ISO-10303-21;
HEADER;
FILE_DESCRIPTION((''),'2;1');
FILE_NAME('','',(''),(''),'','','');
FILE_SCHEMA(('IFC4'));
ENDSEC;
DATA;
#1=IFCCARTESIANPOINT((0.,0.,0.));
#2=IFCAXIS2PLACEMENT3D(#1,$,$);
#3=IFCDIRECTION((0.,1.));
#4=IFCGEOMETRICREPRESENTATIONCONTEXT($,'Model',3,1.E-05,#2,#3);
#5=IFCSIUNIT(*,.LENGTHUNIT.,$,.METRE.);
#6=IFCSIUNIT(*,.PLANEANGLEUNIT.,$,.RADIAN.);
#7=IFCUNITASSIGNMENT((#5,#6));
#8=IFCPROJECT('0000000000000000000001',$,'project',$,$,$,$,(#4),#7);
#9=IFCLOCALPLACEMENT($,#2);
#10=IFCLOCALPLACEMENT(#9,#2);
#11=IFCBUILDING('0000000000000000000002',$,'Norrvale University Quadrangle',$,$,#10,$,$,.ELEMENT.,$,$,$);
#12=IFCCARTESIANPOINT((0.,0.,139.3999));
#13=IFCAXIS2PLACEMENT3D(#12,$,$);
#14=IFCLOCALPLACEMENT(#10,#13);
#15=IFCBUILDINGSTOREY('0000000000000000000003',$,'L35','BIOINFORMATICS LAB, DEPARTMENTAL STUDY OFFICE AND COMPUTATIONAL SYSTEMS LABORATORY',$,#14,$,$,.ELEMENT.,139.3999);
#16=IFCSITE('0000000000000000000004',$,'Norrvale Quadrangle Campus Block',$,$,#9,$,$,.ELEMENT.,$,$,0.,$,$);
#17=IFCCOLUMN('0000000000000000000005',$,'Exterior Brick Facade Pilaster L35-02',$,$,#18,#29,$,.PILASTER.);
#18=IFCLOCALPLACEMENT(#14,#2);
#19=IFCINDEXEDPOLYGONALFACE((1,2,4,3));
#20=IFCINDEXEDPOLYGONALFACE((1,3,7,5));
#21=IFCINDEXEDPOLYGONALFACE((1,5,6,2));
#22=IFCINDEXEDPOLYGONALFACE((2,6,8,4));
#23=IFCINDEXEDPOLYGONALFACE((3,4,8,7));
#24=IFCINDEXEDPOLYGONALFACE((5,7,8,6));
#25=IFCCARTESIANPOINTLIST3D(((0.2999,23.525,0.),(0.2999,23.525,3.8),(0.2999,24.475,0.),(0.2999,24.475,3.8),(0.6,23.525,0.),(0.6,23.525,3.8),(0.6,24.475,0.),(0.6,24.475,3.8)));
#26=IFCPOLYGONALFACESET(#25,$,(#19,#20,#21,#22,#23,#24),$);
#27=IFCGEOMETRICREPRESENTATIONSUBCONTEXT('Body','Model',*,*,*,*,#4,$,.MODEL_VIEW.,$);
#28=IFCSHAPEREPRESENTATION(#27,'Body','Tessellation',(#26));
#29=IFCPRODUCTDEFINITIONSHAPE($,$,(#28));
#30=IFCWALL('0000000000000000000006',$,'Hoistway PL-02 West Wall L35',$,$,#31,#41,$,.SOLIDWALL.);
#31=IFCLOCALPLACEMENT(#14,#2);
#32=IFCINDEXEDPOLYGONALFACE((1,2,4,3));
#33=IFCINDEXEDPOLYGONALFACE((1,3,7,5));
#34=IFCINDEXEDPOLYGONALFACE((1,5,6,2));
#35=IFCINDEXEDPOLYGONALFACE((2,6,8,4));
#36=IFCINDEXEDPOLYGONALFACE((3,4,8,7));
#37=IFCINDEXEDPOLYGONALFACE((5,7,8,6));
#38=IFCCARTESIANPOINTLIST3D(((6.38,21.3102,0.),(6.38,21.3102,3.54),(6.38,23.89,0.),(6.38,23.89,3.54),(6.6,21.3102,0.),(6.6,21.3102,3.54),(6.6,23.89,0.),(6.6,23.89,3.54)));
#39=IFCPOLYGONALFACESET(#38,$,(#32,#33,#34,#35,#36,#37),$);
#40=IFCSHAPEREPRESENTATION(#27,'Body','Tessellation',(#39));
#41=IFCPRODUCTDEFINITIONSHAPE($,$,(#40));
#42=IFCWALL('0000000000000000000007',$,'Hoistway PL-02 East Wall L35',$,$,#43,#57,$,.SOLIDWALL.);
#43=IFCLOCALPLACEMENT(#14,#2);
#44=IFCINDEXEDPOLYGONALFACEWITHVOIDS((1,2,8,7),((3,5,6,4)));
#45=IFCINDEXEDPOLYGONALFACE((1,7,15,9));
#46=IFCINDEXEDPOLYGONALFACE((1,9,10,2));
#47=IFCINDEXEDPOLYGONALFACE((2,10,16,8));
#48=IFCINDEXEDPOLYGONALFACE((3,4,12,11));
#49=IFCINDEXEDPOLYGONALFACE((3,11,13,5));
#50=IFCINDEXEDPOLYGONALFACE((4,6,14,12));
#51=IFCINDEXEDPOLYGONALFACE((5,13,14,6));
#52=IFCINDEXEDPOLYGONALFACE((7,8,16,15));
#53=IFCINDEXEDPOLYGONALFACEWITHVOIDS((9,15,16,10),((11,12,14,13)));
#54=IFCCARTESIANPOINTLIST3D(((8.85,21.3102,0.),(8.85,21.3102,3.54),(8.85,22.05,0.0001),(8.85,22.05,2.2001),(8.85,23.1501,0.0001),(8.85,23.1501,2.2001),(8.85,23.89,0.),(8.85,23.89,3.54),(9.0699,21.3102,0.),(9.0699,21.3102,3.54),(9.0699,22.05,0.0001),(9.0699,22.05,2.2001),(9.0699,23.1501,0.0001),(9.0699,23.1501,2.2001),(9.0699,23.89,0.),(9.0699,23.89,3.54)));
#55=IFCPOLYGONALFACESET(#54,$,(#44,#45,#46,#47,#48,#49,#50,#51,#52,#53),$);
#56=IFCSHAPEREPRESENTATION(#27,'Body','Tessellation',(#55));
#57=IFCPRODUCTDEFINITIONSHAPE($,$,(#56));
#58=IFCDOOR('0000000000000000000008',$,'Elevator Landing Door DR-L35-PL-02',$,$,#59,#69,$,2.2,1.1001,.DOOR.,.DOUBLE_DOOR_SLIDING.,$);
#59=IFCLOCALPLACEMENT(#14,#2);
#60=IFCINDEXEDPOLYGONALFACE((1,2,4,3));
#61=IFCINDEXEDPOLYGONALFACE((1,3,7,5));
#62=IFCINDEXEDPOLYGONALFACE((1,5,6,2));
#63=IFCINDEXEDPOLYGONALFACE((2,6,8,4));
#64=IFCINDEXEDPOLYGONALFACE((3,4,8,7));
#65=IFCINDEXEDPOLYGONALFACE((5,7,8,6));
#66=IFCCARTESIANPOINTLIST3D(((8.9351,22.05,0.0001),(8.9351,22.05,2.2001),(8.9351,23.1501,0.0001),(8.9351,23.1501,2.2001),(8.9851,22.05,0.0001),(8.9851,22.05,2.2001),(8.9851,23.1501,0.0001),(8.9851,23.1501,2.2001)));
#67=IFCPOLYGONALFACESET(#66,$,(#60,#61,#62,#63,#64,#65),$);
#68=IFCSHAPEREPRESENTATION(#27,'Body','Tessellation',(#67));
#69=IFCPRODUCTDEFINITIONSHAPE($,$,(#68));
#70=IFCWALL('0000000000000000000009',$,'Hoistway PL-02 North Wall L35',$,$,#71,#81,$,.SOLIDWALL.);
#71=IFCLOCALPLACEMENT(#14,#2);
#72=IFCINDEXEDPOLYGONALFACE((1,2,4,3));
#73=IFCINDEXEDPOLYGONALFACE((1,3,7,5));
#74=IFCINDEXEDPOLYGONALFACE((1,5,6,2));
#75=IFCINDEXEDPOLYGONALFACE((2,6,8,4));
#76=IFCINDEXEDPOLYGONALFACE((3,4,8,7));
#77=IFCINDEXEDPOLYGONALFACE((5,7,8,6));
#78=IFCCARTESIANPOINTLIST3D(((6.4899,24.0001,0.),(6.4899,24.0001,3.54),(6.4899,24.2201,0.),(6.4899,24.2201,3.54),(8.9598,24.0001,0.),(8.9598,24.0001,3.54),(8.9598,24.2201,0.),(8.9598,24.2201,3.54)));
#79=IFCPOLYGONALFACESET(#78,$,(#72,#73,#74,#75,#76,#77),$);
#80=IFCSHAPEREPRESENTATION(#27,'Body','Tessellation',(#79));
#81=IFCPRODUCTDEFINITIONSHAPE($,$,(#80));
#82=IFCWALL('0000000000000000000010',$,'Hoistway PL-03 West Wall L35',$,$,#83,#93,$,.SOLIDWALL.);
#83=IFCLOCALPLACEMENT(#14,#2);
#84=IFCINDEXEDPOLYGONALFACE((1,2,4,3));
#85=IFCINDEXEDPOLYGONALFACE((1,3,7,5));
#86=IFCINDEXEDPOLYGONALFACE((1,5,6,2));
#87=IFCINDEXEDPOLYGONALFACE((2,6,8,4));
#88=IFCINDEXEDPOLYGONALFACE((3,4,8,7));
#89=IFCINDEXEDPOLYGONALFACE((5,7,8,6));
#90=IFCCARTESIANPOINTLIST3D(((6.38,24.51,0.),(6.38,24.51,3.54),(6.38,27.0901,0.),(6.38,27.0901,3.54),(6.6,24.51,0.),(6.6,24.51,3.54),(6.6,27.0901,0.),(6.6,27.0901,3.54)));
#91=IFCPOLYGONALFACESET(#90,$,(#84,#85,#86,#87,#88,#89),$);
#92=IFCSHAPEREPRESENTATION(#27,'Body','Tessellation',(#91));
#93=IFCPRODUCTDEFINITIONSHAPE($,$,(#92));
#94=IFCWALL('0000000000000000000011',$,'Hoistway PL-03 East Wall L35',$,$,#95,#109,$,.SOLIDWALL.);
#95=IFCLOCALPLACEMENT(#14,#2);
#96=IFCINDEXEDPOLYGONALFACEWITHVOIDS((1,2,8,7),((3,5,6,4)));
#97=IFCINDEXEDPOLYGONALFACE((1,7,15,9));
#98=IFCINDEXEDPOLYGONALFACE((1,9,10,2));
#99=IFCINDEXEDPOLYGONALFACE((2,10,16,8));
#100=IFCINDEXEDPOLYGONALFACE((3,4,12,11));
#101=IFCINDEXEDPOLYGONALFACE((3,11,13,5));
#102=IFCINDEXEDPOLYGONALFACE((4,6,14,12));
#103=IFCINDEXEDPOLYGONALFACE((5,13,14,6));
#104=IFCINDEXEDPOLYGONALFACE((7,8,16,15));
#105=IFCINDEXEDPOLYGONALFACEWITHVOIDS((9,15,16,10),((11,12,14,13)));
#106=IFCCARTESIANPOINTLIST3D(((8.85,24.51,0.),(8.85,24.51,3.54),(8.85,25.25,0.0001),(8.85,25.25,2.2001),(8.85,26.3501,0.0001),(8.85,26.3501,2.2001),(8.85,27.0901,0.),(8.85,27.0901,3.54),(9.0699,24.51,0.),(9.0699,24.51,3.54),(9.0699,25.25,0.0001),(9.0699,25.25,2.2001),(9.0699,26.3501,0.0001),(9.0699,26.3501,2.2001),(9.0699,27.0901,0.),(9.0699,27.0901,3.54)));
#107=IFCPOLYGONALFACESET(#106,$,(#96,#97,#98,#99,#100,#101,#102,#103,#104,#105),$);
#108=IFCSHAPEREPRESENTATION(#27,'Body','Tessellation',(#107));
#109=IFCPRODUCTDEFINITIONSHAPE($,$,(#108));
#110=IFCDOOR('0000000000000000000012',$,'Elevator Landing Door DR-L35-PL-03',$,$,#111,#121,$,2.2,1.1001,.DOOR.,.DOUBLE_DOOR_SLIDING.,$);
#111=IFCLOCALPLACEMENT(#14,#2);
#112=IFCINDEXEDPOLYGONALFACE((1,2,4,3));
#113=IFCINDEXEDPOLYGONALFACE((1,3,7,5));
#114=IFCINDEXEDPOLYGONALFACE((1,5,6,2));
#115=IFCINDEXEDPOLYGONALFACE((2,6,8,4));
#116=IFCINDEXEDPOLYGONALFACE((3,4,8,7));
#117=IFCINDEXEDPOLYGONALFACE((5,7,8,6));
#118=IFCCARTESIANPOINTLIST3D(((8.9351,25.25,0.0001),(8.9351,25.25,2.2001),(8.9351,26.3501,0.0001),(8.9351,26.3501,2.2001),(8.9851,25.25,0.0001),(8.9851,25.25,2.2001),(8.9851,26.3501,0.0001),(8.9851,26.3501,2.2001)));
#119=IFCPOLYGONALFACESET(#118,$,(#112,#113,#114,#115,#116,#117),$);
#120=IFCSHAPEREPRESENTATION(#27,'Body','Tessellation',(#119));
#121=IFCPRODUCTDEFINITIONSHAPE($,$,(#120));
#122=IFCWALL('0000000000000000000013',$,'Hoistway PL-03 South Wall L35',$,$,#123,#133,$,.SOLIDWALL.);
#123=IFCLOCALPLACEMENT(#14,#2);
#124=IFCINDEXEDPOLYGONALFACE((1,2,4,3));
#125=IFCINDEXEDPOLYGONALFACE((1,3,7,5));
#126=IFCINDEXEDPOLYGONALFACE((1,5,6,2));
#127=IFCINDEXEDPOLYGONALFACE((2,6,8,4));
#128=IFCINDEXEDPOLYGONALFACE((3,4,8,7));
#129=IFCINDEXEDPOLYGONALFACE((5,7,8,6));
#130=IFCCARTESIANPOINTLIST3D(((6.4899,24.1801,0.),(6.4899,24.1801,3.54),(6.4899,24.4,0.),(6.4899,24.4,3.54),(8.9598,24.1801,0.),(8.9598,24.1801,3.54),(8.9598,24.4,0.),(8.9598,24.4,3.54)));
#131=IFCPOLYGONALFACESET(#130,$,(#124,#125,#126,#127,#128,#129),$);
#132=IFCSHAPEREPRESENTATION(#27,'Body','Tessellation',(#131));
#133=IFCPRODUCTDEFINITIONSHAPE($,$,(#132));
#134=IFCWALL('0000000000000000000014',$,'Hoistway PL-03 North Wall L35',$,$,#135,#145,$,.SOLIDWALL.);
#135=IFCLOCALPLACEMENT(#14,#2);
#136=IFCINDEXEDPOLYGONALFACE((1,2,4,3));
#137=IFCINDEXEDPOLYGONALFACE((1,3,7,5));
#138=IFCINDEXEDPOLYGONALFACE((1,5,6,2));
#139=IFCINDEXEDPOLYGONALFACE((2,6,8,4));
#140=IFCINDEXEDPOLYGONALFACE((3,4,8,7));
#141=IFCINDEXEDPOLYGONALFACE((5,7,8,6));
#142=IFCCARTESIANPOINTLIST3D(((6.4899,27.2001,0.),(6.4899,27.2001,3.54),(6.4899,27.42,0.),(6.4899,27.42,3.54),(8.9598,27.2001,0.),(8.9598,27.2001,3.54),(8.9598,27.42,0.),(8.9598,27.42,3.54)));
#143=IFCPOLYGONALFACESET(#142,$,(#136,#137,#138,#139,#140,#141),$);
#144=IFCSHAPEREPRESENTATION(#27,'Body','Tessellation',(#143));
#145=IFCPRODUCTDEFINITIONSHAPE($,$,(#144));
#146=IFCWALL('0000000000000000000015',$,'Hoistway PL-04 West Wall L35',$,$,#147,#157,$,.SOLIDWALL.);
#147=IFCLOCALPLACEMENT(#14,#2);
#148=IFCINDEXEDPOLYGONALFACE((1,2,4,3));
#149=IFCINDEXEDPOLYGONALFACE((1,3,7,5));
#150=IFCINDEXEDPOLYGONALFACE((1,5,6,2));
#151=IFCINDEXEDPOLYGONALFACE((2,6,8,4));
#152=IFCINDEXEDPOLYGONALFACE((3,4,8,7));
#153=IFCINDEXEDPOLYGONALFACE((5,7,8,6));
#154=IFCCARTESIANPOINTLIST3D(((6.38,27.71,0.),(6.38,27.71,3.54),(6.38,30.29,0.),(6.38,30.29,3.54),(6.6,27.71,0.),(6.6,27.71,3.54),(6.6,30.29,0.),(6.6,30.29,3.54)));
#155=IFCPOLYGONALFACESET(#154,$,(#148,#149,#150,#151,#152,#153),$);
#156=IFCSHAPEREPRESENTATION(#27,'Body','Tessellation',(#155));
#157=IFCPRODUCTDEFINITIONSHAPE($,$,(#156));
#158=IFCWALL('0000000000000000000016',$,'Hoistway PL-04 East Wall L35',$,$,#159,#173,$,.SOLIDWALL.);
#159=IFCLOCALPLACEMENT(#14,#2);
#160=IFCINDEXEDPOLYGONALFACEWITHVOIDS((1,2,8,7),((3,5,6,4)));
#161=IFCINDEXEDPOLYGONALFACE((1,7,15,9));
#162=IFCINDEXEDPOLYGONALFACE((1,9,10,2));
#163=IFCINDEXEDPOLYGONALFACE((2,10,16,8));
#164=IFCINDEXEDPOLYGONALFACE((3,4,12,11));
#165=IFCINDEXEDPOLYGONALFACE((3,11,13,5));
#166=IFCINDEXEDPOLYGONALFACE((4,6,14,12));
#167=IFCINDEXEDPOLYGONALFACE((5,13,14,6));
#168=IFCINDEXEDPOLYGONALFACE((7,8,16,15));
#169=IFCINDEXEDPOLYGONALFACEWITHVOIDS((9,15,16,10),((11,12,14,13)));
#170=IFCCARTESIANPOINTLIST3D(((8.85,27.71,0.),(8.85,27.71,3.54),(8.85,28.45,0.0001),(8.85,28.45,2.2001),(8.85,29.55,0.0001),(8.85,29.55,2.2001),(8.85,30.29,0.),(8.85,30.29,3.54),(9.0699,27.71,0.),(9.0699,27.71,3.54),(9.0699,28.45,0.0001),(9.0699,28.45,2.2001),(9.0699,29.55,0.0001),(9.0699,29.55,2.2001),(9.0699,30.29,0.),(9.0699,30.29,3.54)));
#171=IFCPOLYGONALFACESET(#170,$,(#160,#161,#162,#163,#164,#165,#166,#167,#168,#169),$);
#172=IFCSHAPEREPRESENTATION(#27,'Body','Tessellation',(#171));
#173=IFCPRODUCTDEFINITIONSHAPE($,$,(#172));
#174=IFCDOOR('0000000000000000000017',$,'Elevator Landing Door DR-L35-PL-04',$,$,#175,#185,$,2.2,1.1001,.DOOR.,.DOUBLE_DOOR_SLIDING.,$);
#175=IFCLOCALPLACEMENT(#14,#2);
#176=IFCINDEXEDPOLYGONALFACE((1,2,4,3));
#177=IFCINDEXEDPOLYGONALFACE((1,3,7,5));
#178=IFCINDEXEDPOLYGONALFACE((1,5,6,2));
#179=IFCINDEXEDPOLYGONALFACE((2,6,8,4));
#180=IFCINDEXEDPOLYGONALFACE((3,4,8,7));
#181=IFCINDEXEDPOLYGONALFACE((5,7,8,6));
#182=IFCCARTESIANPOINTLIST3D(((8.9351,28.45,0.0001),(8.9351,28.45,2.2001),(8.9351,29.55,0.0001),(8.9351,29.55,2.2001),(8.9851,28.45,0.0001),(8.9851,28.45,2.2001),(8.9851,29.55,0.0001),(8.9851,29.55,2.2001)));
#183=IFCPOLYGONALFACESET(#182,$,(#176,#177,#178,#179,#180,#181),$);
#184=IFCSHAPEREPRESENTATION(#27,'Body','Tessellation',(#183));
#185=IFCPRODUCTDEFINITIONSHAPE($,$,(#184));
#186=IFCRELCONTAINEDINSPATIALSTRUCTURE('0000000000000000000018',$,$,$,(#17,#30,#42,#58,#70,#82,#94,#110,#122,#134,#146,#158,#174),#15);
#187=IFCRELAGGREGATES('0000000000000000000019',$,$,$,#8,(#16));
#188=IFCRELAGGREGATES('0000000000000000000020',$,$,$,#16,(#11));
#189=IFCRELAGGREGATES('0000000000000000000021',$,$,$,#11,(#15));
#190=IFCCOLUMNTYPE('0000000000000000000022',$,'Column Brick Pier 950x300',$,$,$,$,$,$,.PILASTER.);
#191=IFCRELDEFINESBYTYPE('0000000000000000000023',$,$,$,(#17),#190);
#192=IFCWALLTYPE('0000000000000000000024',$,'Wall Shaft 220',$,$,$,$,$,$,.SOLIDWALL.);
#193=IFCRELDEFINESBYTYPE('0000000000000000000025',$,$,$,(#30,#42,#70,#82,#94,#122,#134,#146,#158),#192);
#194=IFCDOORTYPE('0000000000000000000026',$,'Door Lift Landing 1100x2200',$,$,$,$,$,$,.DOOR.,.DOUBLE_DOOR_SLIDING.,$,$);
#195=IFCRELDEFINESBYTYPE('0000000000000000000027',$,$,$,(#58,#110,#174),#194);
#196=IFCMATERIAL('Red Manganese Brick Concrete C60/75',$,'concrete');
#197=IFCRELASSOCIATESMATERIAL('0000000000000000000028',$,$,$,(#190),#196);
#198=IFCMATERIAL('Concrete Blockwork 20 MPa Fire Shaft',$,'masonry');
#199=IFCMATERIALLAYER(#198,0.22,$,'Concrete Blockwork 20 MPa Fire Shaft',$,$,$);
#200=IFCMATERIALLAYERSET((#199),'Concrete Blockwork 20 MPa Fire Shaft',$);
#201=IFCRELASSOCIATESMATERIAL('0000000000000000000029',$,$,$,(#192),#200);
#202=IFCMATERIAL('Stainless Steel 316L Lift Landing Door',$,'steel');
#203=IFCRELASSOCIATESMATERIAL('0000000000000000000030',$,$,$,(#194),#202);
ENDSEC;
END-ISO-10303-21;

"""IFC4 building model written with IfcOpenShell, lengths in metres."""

from ifc_helpers import new_model, si_unit, direction, frame, frame_2d, origin, origin_2d, place, context, subcontext, project, spatial, rectangle, extrude, material, layer, layer_set, material_profile, profile_set, type_object, element, fill, save


model = new_model("IFC4")

# Units and contexts
model_context = context("Model", 3, precision=1e-05, world=origin(), true_north=direction((0.0, 1.0)))
body_context = subcontext(model_context, "Body", "Model", "MODEL_VIEW")
ifc_project = project(units=[si_unit("LENGTHUNIT", "METRE"), si_unit("PLANEANGLEUNIT", "RADIAN")], contexts=[model_context])

# Site, building, storey
site_placement = place(None, origin())
site = spatial("IfcSite", under=ifc_project, at=site_placement, Name="Norrvale Quadrangle Campus Block", CompositionType="ELEMENT", RefElevation=0.0)
building_placement = place(site_placement, origin())
building = spatial("IfcBuilding", under=site, at=building_placement, Name="Norrvale University Quadrangle", CompositionType="ELEMENT")
storey_placement = place(building_placement, frame((0.0, 0.0, 139.3999)))
storey = spatial("IfcBuildingStorey", under=building, at=storey_placement, Name="L35", Description="BIOINFORMATICS LAB, DEPARTMENTAL STUDY OFFICE AND COMPUTATIONAL SYSTEMS LABORATORY", CompositionType="ELEMENT", Elevation=139.3999)

# Column
ifc_material_1 = material(Name="Red Manganese Brick Concrete C60/75", Category="concrete")
ifc_material_profile = material_profile(ifc_material_1, rectangle(XDim=0.95, YDim=0.3, at=origin_2d()), Name="Red Manganese Brick Concrete C60/75")
ifc_profile_set = profile_set([ifc_material_profile], Name="Red Manganese Brick Concrete C60/75")
column_type = type_object("IfcColumnType", Name="Column Brick Pier 950x300", PredefinedType="PILASTER", material=ifc_profile_set)
column_placement = place(storey_placement, frame((0.45, 24.0, 0.0), z_axis=(0.0, 0.0, 1.0), x_axis=(0.0, 1.0, 0.0)))
element("IfcColumn", 1, at=column_placement, inside=storey, type_object=column_type, Name="Exterior Brick Facade Pilaster L35-02", PredefinedType="PILASTER", context=body_context, shape_type="SweptSolid", body=[
    extrude(rectangle(XDim=0.95, YDim=0.3, at=origin_2d()), origin(), (0.0, 0.0, 1.0), 3.8),
])

# Wall
ifc_material_2 = material(Name="Concrete Blockwork 20 MPa Fire Shaft", Category="masonry")
ifc_layer = layer(ifc_material_2, 0.22, Name="Concrete Blockwork 20 MPa Fire Shaft")
ifc_layer_set = layer_set([ifc_layer], Name="Concrete Blockwork 20 MPa Fire Shaft")
wall_type = type_object("IfcWallType", Name="Wall Shaft 220", PredefinedType="SOLIDWALL", material=ifc_layer_set)
wall_1_placement = place(storey_placement, frame((6.49, 21.3101, 0.0), z_axis=(0.0, 0.0, 1.0), x_axis=(0.0, 1.0, 0.0)))
element("IfcWall", 2, at=wall_1_placement, inside=storey, type_object=wall_type, Name="Hoistway PL-02 West Wall L35", PredefinedType="SOLIDWALL", context=body_context, shape_type="SweptSolid", body=[
    extrude(rectangle(XDim=2.5798, YDim=0.22, at=frame_2d((1.29, 0.0))), origin(), (0.0, 0.0, 1.0), 3.54),
])

# Wall, opening, door
wall_2_placement = place(storey_placement, frame((8.96, 21.3101, 0.0), z_axis=(0.0, 0.0, 1.0), x_axis=(0.0, 1.0, 0.0)))
wall_2 = element("IfcWall", 3, at=wall_2_placement, inside=storey, type_object=wall_type, Name="Hoistway PL-02 East Wall L35", PredefinedType="SOLIDWALL", context=body_context, shape_type="SweptSolid", body=[
    extrude(rectangle(XDim=2.5798, YDim=0.22, at=frame_2d((1.29, 0.0))), origin(), (0.0, 0.0, 1.0), 3.54),
])
opening_1_placement = place(wall_2_placement, frame((0.74, 0.0, 0.0)))
opening_1 = element("IfcOpeningElement", 4, at=opening_1_placement, cuts=wall_2, PredefinedType="OPENING", context=body_context, shape_type="SweptSolid", body=[
    extrude(rectangle(XDim=1.1001, YDim=2.2, at=frame_2d((0.55, 1.1001))), frame((0.0, 0.1221, 0.0), z_axis=(0.0, -1.0, 0.0), x_axis=(1.0, 0.0, 0.0)), (0.0, 0.0, 1.0), 0.2439),
])
ifc_material_3 = material(Name="Stainless Steel 316L Lift Landing Door", Category="steel")
door_type = type_object("IfcDoorType", Name="Door Lift Landing 1100x2200", OperationType="DOUBLE_DOOR_SLIDING", PredefinedType="DOOR", material=ifc_material_3)
door_1_placement = place(opening_1_placement, origin())
door_1 = element("IfcDoor", 5, at=door_1_placement, inside=storey, type_object=door_type, Name="Elevator Landing Door DR-L35-PL-02", OperationType="DOUBLE_DOOR_SLIDING", OverallHeight=2.2, OverallWidth=1.1001, PredefinedType="DOOR", context=body_context, shape_type="SweptSolid", body=[
    extrude(rectangle(XDim=1.1001, YDim=2.2, at=frame_2d((0.55, 1.1001))), frame((0.0, 0.0249, 0.0), z_axis=(0.0, -1.0, 0.0), x_axis=(1.0, 0.0, 0.0)), (0.0, 0.0, 1.0), 0.05),
])
fill(opening_1, door_1)

# Walls
wall_3_placement = place(storey_placement, frame((6.49, 24.1101, 0.0), z_axis=(0.0, 0.0, 1.0), x_axis=(1.0, 0.0, 0.0)))
element("IfcWall", 6, at=wall_3_placement, inside=storey, type_object=wall_type, Name="Hoistway PL-02 North Wall L35", PredefinedType="SOLIDWALL", context=body_context, shape_type="SweptSolid", body=[
    extrude(rectangle(XDim=2.47, YDim=0.22, at=frame_2d((1.2349, 0.0))), origin(), (0.0, 0.0, 1.0), 3.54),
])
wall_4_placement = place(storey_placement, frame((6.49, 24.51, 0.0), z_axis=(0.0, 0.0, 1.0), x_axis=(0.0, 1.0, 0.0)))
element("IfcWall", 7, at=wall_4_placement, inside=storey, type_object=wall_type, Name="Hoistway PL-03 West Wall L35", PredefinedType="SOLIDWALL", context=body_context, shape_type="SweptSolid", body=[
    extrude(rectangle(XDim=2.5801, YDim=0.22, at=frame_2d((1.29, 0.0))), origin(), (0.0, 0.0, 1.0), 3.54),
])

# Wall, opening, door
wall_5_placement = place(storey_placement, frame((8.96, 24.51, 0.0), z_axis=(0.0, 0.0, 1.0), x_axis=(0.0, 1.0, 0.0)))
wall_5 = element("IfcWall", 8, at=wall_5_placement, inside=storey, type_object=wall_type, Name="Hoistway PL-03 East Wall L35", PredefinedType="SOLIDWALL", context=body_context, shape_type="SweptSolid", body=[
    extrude(rectangle(XDim=2.5801, YDim=0.22, at=frame_2d((1.29, 0.0))), origin(), (0.0, 0.0, 1.0), 3.54),
])
opening_2_placement = place(wall_5_placement, frame((0.74, 0.0, 0.0)))
opening_2 = element("IfcOpeningElement", 9, at=opening_2_placement, cuts=wall_5, PredefinedType="OPENING", context=body_context, shape_type="SweptSolid", body=[
    extrude(rectangle(XDim=1.1001, YDim=2.2, at=frame_2d((0.55, 1.1001))), frame((0.0, 0.1221, 0.0), z_axis=(0.0, -1.0, 0.0), x_axis=(1.0, 0.0, 0.0)), (0.0, 0.0, 1.0), 0.2439),
])
door_2_placement = place(opening_2_placement, origin())
door_2 = element("IfcDoor", 10, at=door_2_placement, inside=storey, type_object=door_type, Name="Elevator Landing Door DR-L35-PL-03", OperationType="DOUBLE_DOOR_SLIDING", OverallHeight=2.2, OverallWidth=1.1001, PredefinedType="DOOR", context=body_context, shape_type="SweptSolid", body=[
    extrude(rectangle(XDim=1.1001, YDim=2.2, at=frame_2d((0.55, 1.1001))), frame((0.0, 0.0249, 0.0), z_axis=(0.0, -1.0, 0.0), x_axis=(1.0, 0.0, 0.0)), (0.0, 0.0, 1.0), 0.05),
])
fill(opening_2, door_2)

# Walls
for number, where, z_axis, x_axis, name in (
    (11, (6.49, 24.29, 0.0), (0.0, 0.0, 1.0), (1.0, 0.0, 0.0), "Hoistway PL-03 South Wall L35"),
    (12, (6.49, 27.3101, 0.0), (0.0, 0.0, 1.0), (1.0, 0.0, 0.0), "Hoistway PL-03 North Wall L35"),
):
    element("IfcWall", number, at=place(storey_placement, frame(where, z_axis=z_axis, x_axis=x_axis)), inside=storey, type_object=wall_type, Name=name, PredefinedType="SOLIDWALL", context=body_context, shape_type="SweptSolid", body=[
        extrude(rectangle(XDim=2.47, YDim=0.22, at=frame_2d((1.2349, 0.0))), origin(), (0.0, 0.0, 1.0), 3.54),
    ])
wall_6_placement = place(storey_placement, frame((6.49, 27.71, 0.0), z_axis=(0.0, 0.0, 1.0), x_axis=(0.0, 1.0, 0.0)))
element("IfcWall", 13, at=wall_6_placement, inside=storey, type_object=wall_type, Name="Hoistway PL-04 West Wall L35", PredefinedType="SOLIDWALL", context=body_context, shape_type="SweptSolid", body=[
    extrude(rectangle(XDim=2.5801, YDim=0.22, at=frame_2d((1.29, 0.0))), origin(), (0.0, 0.0, 1.0), 3.54),
])

# Wall, opening, door
wall_7_placement = place(storey_placement, frame((8.96, 27.71, 0.0), z_axis=(0.0, 0.0, 1.0), x_axis=(0.0, 1.0, 0.0)))
wall_7 = element("IfcWall", 14, at=wall_7_placement, inside=storey, type_object=wall_type, Name="Hoistway PL-04 East Wall L35", PredefinedType="SOLIDWALL", context=body_context, shape_type="SweptSolid", body=[
    extrude(rectangle(XDim=2.5801, YDim=0.22, at=frame_2d((1.29, 0.0))), origin(), (0.0, 0.0, 1.0), 3.54),
])
opening_3_placement = place(wall_7_placement, frame((0.74, 0.0, 0.0)))
opening_3 = element("IfcOpeningElement", 15, at=opening_3_placement, cuts=wall_7, PredefinedType="OPENING", context=body_context, shape_type="SweptSolid", body=[
    extrude(rectangle(XDim=1.1001, YDim=2.2, at=frame_2d((0.55, 1.1001))), frame((0.0, 0.1221, 0.0), z_axis=(0.0, -1.0, 0.0), x_axis=(1.0, 0.0, 0.0)), (0.0, 0.0, 1.0), 0.2439),
])
door_3_placement = place(opening_3_placement, origin())
door_3 = element("IfcDoor", 16, at=door_3_placement, inside=storey, type_object=door_type, Name="Elevator Landing Door DR-L35-PL-04", OperationType="DOUBLE_DOOR_SLIDING", OverallHeight=2.2, OverallWidth=1.1001, PredefinedType="DOOR", context=body_context, shape_type="SweptSolid", body=[
    extrude(rectangle(XDim=1.1001, YDim=2.2, at=frame_2d((0.55, 1.1001))), frame((0.0, 0.0249, 0.0), z_axis=(0.0, -1.0, 0.0), x_axis=(1.0, 0.0, 0.0)), (0.0, 0.0, 1.0), 0.05),
])
fill(opening_3, door_3)

save(model, "model.ifc")
